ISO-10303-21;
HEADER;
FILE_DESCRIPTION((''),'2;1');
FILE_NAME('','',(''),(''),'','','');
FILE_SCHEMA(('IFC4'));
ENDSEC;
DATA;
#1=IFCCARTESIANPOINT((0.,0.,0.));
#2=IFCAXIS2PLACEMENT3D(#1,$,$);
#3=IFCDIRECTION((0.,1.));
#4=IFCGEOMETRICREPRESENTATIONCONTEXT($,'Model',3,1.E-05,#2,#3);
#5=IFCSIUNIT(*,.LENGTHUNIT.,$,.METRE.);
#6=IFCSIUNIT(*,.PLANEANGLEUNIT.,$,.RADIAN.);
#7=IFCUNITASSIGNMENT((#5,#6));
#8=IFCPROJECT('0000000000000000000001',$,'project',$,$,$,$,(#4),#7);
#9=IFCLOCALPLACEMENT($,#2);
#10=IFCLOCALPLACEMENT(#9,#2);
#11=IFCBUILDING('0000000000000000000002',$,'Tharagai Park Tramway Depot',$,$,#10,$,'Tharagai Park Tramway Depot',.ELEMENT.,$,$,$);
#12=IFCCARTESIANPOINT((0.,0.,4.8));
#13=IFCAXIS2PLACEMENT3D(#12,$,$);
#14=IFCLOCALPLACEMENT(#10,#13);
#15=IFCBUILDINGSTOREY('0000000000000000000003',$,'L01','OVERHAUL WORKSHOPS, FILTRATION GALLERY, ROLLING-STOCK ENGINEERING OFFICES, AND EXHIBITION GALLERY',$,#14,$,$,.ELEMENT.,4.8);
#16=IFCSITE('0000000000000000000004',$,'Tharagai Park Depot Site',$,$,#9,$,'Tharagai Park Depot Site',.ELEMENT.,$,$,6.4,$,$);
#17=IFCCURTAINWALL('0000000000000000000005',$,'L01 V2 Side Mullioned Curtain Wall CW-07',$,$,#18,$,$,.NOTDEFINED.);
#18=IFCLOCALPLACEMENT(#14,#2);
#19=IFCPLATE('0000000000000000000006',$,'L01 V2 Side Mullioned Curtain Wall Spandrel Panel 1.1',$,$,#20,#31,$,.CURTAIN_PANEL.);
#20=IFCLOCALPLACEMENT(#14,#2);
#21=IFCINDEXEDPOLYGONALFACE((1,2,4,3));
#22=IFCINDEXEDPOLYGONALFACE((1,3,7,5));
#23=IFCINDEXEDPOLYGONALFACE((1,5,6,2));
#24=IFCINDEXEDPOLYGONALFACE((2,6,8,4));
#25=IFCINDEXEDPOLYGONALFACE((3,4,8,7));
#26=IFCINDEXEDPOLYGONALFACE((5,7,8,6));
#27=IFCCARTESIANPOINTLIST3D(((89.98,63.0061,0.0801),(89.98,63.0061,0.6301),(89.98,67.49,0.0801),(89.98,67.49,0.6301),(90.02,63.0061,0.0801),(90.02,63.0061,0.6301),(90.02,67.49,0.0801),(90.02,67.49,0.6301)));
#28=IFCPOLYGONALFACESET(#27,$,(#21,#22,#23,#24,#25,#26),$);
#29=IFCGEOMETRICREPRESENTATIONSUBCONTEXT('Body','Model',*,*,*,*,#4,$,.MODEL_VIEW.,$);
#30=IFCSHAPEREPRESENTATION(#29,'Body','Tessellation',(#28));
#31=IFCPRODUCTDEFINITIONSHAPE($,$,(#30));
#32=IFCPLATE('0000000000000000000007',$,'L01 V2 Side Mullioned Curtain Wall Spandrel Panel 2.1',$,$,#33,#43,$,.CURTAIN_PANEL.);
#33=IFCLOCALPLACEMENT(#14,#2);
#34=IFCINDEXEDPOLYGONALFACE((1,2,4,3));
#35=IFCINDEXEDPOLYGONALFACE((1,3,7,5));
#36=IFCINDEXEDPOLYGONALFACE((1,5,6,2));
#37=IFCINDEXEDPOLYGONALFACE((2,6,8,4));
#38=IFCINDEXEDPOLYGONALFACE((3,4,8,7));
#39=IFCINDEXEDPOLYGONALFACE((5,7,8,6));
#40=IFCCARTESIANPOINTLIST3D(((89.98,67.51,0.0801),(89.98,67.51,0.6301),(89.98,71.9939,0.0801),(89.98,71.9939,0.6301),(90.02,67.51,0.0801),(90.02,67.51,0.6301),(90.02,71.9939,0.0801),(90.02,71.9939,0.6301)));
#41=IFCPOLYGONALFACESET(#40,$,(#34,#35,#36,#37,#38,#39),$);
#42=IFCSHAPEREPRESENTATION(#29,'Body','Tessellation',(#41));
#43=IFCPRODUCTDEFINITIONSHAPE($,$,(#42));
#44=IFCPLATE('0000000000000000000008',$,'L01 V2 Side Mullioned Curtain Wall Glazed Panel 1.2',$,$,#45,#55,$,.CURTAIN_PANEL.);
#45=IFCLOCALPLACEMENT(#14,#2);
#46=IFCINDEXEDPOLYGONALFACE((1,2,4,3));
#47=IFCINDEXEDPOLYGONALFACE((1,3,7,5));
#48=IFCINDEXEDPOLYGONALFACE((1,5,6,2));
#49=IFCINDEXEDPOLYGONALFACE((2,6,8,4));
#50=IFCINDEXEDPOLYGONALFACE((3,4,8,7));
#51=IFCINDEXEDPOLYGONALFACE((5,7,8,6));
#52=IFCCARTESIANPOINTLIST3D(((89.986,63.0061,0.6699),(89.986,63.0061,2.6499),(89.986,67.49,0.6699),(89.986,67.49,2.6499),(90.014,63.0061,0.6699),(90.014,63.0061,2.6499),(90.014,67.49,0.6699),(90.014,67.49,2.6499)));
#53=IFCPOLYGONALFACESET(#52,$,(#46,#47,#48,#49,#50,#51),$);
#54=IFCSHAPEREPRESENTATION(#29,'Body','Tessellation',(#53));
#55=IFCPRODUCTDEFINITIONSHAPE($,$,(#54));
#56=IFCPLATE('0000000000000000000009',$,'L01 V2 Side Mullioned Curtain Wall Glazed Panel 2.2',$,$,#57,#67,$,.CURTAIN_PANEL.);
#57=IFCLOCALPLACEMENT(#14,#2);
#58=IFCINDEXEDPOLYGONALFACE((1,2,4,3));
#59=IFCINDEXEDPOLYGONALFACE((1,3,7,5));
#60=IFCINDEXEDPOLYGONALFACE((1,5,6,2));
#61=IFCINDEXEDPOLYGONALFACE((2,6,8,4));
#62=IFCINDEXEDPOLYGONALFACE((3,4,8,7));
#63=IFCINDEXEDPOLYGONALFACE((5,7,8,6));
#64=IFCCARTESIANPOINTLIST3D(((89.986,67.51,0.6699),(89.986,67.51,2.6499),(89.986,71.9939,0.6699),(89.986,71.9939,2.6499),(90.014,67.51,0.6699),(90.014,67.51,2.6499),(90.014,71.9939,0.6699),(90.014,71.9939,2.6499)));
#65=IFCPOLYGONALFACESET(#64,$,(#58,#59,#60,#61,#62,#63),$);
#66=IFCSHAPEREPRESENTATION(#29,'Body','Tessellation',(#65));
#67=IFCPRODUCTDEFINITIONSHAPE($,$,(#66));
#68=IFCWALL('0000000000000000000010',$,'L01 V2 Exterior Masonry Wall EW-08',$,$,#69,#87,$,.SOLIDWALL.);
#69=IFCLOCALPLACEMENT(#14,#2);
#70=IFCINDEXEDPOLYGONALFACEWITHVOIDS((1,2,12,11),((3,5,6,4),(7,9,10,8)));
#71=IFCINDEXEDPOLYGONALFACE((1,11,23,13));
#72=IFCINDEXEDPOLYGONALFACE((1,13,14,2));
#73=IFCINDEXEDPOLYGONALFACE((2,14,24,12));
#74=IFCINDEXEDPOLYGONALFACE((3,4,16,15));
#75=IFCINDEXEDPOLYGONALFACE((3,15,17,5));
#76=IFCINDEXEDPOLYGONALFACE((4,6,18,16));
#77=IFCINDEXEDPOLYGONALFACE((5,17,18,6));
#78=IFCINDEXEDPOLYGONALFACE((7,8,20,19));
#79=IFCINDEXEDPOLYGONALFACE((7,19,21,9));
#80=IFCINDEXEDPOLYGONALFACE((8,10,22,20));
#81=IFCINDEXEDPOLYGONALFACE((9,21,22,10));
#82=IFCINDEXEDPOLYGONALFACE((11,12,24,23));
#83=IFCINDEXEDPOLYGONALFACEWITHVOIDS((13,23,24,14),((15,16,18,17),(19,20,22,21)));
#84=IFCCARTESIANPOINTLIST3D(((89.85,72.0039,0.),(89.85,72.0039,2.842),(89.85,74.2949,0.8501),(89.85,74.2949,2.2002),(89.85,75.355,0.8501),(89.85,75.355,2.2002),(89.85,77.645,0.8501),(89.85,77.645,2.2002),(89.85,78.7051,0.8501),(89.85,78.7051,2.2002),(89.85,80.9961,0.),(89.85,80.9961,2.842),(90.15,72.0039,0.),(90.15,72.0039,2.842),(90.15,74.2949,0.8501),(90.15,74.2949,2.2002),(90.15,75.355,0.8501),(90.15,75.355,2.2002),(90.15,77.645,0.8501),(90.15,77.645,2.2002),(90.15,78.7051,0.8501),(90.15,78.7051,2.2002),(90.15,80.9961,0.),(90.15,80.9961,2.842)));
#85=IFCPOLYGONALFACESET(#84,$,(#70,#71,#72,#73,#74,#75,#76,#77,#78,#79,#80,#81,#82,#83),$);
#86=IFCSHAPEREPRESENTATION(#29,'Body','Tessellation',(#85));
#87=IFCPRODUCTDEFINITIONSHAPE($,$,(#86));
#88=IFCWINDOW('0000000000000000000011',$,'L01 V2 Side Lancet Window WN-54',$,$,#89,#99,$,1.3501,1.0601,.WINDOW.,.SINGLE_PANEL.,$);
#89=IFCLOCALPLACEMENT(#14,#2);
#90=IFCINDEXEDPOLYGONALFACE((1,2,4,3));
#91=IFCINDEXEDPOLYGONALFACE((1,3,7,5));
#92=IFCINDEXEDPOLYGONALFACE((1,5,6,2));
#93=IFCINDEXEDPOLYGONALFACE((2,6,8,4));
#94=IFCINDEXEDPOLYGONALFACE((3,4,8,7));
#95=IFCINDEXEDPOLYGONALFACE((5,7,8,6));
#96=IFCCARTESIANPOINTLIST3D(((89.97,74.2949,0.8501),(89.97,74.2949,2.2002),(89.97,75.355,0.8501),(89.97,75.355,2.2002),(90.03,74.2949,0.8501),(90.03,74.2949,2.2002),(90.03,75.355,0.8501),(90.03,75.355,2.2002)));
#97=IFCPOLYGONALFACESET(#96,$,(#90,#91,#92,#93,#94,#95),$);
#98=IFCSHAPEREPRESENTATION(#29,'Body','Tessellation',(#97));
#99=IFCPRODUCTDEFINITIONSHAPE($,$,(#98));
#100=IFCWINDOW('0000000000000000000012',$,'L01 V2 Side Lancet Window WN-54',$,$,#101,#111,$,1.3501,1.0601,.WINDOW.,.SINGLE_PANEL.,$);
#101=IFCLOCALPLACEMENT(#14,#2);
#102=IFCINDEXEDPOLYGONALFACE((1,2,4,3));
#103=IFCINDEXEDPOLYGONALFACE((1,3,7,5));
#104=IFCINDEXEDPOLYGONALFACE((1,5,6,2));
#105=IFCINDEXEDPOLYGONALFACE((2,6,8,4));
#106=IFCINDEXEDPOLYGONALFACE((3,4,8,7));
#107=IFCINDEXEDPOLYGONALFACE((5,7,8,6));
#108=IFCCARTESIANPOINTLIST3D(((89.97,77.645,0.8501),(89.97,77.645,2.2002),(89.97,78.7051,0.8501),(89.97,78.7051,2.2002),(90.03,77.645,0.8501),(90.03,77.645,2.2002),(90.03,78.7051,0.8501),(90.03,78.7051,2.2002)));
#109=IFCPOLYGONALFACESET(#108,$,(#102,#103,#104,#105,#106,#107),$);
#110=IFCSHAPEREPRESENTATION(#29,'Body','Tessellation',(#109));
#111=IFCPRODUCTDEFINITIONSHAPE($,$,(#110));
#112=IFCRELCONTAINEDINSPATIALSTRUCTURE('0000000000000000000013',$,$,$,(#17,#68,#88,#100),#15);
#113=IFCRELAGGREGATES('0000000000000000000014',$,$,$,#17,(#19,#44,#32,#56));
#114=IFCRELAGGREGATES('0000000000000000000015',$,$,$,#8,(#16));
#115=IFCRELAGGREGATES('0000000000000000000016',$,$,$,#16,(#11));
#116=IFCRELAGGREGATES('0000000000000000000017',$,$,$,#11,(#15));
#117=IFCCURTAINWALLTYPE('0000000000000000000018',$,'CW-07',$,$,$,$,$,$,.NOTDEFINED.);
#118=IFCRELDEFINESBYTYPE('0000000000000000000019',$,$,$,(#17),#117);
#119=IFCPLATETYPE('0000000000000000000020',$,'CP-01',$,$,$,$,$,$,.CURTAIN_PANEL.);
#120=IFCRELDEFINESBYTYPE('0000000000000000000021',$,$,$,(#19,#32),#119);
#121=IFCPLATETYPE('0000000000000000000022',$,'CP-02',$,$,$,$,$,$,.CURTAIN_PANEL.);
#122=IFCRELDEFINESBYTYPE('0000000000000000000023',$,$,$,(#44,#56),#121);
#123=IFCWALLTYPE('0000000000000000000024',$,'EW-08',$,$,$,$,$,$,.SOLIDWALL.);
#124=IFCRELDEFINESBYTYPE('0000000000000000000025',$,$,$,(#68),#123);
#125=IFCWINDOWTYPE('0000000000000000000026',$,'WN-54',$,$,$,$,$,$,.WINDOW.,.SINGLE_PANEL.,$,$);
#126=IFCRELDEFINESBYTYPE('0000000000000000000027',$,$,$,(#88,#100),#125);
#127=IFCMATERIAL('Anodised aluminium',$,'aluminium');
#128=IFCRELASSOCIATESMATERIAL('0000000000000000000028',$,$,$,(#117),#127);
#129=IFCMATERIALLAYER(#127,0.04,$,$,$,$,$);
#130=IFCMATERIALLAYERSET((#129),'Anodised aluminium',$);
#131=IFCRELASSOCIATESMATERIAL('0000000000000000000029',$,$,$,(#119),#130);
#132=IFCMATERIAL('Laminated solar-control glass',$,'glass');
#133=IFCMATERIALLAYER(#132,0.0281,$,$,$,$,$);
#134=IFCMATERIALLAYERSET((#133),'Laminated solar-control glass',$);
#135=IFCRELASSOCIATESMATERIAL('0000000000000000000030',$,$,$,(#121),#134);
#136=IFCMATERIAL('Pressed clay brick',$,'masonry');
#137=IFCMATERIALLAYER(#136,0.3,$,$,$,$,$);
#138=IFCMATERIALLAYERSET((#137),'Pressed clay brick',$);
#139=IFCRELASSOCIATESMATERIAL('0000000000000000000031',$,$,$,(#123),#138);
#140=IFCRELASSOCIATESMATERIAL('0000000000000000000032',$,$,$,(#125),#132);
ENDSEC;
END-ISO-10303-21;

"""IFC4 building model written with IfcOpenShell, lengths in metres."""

from ifc_helpers import new_model, si_unit, direction, frame, frame_2d, origin, origin_2d, place, context, subcontext, project, spatial, rectangle, extrude, material, layer, layer_set, type_object, element, fill, aggregate, save


model = new_model("IFC4")

# Units and contexts
model_context = context("Model", 3, precision=1e-05, world=origin(), true_north=direction((0.0, 1.0)))
body_context = subcontext(model_context, "Body", "Model", "MODEL_VIEW")
ifc_project = project(units=[si_unit("LENGTHUNIT", "METRE"), si_unit("PLANEANGLEUNIT", "RADIAN")], contexts=[model_context])

# Site, building, storey
site_placement = place(None, origin())
site = spatial("IfcSite", under=ifc_project, at=site_placement, Name="Tharagai Park Depot Site", LongName="Tharagai Park Depot Site", CompositionType="ELEMENT", RefElevation=6.4)
building_placement = place(site_placement, origin())
building = spatial("IfcBuilding", under=site, at=building_placement, Name="Tharagai Park Tramway Depot", LongName="Tharagai Park Tramway Depot", CompositionType="ELEMENT")
storey_placement = place(building_placement, frame((0.0, 0.0, 4.8)))
storey = spatial("IfcBuildingStorey", under=building, at=storey_placement, Name="L01", Description="OVERHAUL WORKSHOPS, FILTRATION GALLERY, ROLLING-STOCK ENGINEERING OFFICES, AND EXHIBITION GALLERY", CompositionType="ELEMENT", Elevation=4.8)

# Curtain wall
ifc_material_1 = material(Name="Anodised aluminium", Category="aluminium")
curtain_wall_type = type_object("IfcCurtainWallType", Name="CW-07", PredefinedType="NOTDEFINED", material=ifc_material_1)
curtain_wall_1_placement = place(storey_placement, origin())
curtain_wall_1 = element("IfcCurtainWall", 1, at=curtain_wall_1_placement, inside=storey, type_object=curtain_wall_type, Name="L01 V2 Side Mullioned Curtain Wall CW-07", PredefinedType="NOTDEFINED")

# Plates
ifc_layer_1 = layer(ifc_material_1, 0.04)
ifc_layer_set_1 = layer_set([ifc_layer_1], Name="Anodised aluminium")
plate_type_1 = type_object("IfcPlateType", Name="CP-01", PredefinedType="CURTAIN_PANEL", material=ifc_layer_set_1)
plate_1_placement = place(storey_placement, frame((90.0, 65.248, 0.0801), z_axis=(0.0, 0.0, 1.0), x_axis=(0.0, 1.0, 0.0)))
plate_1 = element("IfcPlate", 2, at=plate_1_placement, type_object=plate_type_1, Name="L01 V2 Side Mullioned Curtain Wall Spandrel Panel 1.1", PredefinedType="CURTAIN_PANEL", context=body_context, shape_type="SweptSolid", body=[
    extrude(rectangle(XDim=4.4839, YDim=0.04, at=origin_2d()), origin(), (0.0, 0.0, 1.0), 0.55),
])
plate_2_placement = place(storey_placement, frame((90.0, 69.752, 0.0801), z_axis=(0.0, 0.0, 1.0), x_axis=(0.0, 1.0, 0.0)))
plate_2 = element("IfcPlate", 3, at=plate_2_placement, type_object=plate_type_1, Name="L01 V2 Side Mullioned Curtain Wall Spandrel Panel 2.1", PredefinedType="CURTAIN_PANEL", context=body_context, shape_type="SweptSolid", body=[
    extrude(rectangle(XDim=4.4839, YDim=0.04, at=origin_2d()), origin(), (0.0, 0.0, 1.0), 0.55),
])
ifc_material_2 = material(Name="Laminated solar-control glass", Category="glass")
ifc_layer_2 = layer(ifc_material_2, 0.0281)
ifc_layer_set_2 = layer_set([ifc_layer_2], Name="Laminated solar-control glass")
plate_type_2 = type_object("IfcPlateType", Name="CP-02", PredefinedType="CURTAIN_PANEL", material=ifc_layer_set_2)
plate_3_placement = place(storey_placement, frame((90.0, 65.248, 0.6699), z_axis=(0.0, 0.0, 1.0), x_axis=(0.0, 1.0, 0.0)))
plate_3 = element("IfcPlate", 4, at=plate_3_placement, type_object=plate_type_2, Name="L01 V2 Side Mullioned Curtain Wall Glazed Panel 1.2", PredefinedType="CURTAIN_PANEL", context=body_context, shape_type="SweptSolid", body=[
    extrude(rectangle(XDim=4.4839, YDim=0.0281, at=origin_2d()), origin(), (0.0, 0.0, 1.0), 1.98),
])
plate_4_placement = place(storey_placement, frame((90.0, 69.752, 0.6699), z_axis=(0.0, 0.0, 1.0), x_axis=(0.0, 1.0, 0.0)))
plate_4 = element("IfcPlate", 5, at=plate_4_placement, type_object=plate_type_2, Name="L01 V2 Side Mullioned Curtain Wall Glazed Panel 2.2", PredefinedType="CURTAIN_PANEL", context=body_context, shape_type="SweptSolid", body=[
    extrude(rectangle(XDim=4.4839, YDim=0.0281, at=origin_2d()), origin(), (0.0, 0.0, 1.0), 1.98),
])
aggregate(curtain_wall_1, [plate_1, plate_3, plate_2, plate_4])

# Wall, openings, windows
ifc_material_3 = material(Name="Pressed clay brick", Category="masonry")
ifc_layer_3 = layer(ifc_material_3, 0.3)
ifc_layer_set_3 = layer_set([ifc_layer_3], Name="Pressed clay brick")
wall_type = type_object("IfcWallType", Name="EW-08", PredefinedType="SOLIDWALL", material=ifc_layer_set_3)
wall_placement = place(storey_placement, frame((90.0, 72.0039, 0.0), z_axis=(0.0, 0.0, 1.0), x_axis=(0.0, 1.0, 0.0)))
wall = element("IfcWall", 6, at=wall_placement, inside=storey, type_object=wall_type, Name="L01 V2 Exterior Masonry Wall EW-08", PredefinedType="SOLIDWALL", context=body_context, shape_type="SweptSolid", body=[
    extrude(rectangle(XDim=8.9922, YDim=0.3, at=frame_2d((4.4961, 0.0))), origin(), (0.0, 0.0, 1.0), 2.842),
])
opening_1_placement = place(wall_placement, frame((2.291, 0.0, 0.8501)))
opening_1 = element("IfcOpeningElement", 7, at=opening_1_placement, cuts=wall, PredefinedType="OPENING", context=body_context, shape_type="SweptSolid", body=[
    extrude(rectangle(XDim=1.0601, YDim=1.3501, at=frame_2d((0.53, 0.675))), frame((0.0, 0.1599, 0.0), z_axis=(0.0, -1.0, 0.0), x_axis=(1.0, 0.0, 0.0)), (0.0, 0.0, 1.0), 0.3201),
])
opening_2_placement = place(wall_placement, frame((5.6411, 0.0, 0.8501)))
opening_2 = element("IfcOpeningElement", 8, at=opening_2_placement, cuts=wall, PredefinedType="OPENING", context=body_context, shape_type="SweptSolid", body=[
    extrude(rectangle(XDim=1.0601, YDim=1.3501, at=frame_2d((0.53, 0.675))), frame((0.0, 0.1599, 0.0), z_axis=(0.0, -1.0, 0.0), x_axis=(1.0, 0.0, 0.0)), (0.0, 0.0, 1.0), 0.3201),
])
window_type = type_object("IfcWindowType", Name="WN-54", PartitioningType="SINGLE_PANEL", PredefinedType="WINDOW", material=ifc_material_2)
window_1_placement = place(opening_1_placement, origin())
window_1 = element("IfcWindow", 9, at=window_1_placement, inside=storey, type_object=window_type, Name="L01 V2 Side Lancet Window WN-54", OverallHeight=1.3501, OverallWidth=1.0601, PartitioningType="SINGLE_PANEL", PredefinedType="WINDOW", context=body_context, shape_type="SweptSolid", body=[
    extrude(rectangle(XDim=1.0601, YDim=1.3501, at=frame_2d((0.53, 0.675))), frame((0.0, 0.03, 0.0), z_axis=(0.0, -1.0, 0.0), x_axis=(1.0, 0.0, 0.0)), (0.0, 0.0, 1.0), 0.0601),
])
fill(opening_1, window_1)
window_2_placement = place(opening_2_placement, origin())
window_2 = element("IfcWindow", 10, at=window_2_placement, inside=storey, type_object=window_type, Name="L01 V2 Side Lancet Window WN-54", OverallHeight=1.3501, OverallWidth=1.0601, PartitioningType="SINGLE_PANEL", PredefinedType="WINDOW", context=body_context, shape_type="SweptSolid", body=[
    extrude(rectangle(XDim=1.0601, YDim=1.3501, at=frame_2d((0.53, 0.675))), frame((0.0, 0.03, 0.0), z_axis=(0.0, -1.0, 0.0), x_axis=(1.0, 0.0, 0.0)), (0.0, 0.0, 1.0), 0.0601),
])
fill(opening_2, window_2)

save(model, "model.ifc")
